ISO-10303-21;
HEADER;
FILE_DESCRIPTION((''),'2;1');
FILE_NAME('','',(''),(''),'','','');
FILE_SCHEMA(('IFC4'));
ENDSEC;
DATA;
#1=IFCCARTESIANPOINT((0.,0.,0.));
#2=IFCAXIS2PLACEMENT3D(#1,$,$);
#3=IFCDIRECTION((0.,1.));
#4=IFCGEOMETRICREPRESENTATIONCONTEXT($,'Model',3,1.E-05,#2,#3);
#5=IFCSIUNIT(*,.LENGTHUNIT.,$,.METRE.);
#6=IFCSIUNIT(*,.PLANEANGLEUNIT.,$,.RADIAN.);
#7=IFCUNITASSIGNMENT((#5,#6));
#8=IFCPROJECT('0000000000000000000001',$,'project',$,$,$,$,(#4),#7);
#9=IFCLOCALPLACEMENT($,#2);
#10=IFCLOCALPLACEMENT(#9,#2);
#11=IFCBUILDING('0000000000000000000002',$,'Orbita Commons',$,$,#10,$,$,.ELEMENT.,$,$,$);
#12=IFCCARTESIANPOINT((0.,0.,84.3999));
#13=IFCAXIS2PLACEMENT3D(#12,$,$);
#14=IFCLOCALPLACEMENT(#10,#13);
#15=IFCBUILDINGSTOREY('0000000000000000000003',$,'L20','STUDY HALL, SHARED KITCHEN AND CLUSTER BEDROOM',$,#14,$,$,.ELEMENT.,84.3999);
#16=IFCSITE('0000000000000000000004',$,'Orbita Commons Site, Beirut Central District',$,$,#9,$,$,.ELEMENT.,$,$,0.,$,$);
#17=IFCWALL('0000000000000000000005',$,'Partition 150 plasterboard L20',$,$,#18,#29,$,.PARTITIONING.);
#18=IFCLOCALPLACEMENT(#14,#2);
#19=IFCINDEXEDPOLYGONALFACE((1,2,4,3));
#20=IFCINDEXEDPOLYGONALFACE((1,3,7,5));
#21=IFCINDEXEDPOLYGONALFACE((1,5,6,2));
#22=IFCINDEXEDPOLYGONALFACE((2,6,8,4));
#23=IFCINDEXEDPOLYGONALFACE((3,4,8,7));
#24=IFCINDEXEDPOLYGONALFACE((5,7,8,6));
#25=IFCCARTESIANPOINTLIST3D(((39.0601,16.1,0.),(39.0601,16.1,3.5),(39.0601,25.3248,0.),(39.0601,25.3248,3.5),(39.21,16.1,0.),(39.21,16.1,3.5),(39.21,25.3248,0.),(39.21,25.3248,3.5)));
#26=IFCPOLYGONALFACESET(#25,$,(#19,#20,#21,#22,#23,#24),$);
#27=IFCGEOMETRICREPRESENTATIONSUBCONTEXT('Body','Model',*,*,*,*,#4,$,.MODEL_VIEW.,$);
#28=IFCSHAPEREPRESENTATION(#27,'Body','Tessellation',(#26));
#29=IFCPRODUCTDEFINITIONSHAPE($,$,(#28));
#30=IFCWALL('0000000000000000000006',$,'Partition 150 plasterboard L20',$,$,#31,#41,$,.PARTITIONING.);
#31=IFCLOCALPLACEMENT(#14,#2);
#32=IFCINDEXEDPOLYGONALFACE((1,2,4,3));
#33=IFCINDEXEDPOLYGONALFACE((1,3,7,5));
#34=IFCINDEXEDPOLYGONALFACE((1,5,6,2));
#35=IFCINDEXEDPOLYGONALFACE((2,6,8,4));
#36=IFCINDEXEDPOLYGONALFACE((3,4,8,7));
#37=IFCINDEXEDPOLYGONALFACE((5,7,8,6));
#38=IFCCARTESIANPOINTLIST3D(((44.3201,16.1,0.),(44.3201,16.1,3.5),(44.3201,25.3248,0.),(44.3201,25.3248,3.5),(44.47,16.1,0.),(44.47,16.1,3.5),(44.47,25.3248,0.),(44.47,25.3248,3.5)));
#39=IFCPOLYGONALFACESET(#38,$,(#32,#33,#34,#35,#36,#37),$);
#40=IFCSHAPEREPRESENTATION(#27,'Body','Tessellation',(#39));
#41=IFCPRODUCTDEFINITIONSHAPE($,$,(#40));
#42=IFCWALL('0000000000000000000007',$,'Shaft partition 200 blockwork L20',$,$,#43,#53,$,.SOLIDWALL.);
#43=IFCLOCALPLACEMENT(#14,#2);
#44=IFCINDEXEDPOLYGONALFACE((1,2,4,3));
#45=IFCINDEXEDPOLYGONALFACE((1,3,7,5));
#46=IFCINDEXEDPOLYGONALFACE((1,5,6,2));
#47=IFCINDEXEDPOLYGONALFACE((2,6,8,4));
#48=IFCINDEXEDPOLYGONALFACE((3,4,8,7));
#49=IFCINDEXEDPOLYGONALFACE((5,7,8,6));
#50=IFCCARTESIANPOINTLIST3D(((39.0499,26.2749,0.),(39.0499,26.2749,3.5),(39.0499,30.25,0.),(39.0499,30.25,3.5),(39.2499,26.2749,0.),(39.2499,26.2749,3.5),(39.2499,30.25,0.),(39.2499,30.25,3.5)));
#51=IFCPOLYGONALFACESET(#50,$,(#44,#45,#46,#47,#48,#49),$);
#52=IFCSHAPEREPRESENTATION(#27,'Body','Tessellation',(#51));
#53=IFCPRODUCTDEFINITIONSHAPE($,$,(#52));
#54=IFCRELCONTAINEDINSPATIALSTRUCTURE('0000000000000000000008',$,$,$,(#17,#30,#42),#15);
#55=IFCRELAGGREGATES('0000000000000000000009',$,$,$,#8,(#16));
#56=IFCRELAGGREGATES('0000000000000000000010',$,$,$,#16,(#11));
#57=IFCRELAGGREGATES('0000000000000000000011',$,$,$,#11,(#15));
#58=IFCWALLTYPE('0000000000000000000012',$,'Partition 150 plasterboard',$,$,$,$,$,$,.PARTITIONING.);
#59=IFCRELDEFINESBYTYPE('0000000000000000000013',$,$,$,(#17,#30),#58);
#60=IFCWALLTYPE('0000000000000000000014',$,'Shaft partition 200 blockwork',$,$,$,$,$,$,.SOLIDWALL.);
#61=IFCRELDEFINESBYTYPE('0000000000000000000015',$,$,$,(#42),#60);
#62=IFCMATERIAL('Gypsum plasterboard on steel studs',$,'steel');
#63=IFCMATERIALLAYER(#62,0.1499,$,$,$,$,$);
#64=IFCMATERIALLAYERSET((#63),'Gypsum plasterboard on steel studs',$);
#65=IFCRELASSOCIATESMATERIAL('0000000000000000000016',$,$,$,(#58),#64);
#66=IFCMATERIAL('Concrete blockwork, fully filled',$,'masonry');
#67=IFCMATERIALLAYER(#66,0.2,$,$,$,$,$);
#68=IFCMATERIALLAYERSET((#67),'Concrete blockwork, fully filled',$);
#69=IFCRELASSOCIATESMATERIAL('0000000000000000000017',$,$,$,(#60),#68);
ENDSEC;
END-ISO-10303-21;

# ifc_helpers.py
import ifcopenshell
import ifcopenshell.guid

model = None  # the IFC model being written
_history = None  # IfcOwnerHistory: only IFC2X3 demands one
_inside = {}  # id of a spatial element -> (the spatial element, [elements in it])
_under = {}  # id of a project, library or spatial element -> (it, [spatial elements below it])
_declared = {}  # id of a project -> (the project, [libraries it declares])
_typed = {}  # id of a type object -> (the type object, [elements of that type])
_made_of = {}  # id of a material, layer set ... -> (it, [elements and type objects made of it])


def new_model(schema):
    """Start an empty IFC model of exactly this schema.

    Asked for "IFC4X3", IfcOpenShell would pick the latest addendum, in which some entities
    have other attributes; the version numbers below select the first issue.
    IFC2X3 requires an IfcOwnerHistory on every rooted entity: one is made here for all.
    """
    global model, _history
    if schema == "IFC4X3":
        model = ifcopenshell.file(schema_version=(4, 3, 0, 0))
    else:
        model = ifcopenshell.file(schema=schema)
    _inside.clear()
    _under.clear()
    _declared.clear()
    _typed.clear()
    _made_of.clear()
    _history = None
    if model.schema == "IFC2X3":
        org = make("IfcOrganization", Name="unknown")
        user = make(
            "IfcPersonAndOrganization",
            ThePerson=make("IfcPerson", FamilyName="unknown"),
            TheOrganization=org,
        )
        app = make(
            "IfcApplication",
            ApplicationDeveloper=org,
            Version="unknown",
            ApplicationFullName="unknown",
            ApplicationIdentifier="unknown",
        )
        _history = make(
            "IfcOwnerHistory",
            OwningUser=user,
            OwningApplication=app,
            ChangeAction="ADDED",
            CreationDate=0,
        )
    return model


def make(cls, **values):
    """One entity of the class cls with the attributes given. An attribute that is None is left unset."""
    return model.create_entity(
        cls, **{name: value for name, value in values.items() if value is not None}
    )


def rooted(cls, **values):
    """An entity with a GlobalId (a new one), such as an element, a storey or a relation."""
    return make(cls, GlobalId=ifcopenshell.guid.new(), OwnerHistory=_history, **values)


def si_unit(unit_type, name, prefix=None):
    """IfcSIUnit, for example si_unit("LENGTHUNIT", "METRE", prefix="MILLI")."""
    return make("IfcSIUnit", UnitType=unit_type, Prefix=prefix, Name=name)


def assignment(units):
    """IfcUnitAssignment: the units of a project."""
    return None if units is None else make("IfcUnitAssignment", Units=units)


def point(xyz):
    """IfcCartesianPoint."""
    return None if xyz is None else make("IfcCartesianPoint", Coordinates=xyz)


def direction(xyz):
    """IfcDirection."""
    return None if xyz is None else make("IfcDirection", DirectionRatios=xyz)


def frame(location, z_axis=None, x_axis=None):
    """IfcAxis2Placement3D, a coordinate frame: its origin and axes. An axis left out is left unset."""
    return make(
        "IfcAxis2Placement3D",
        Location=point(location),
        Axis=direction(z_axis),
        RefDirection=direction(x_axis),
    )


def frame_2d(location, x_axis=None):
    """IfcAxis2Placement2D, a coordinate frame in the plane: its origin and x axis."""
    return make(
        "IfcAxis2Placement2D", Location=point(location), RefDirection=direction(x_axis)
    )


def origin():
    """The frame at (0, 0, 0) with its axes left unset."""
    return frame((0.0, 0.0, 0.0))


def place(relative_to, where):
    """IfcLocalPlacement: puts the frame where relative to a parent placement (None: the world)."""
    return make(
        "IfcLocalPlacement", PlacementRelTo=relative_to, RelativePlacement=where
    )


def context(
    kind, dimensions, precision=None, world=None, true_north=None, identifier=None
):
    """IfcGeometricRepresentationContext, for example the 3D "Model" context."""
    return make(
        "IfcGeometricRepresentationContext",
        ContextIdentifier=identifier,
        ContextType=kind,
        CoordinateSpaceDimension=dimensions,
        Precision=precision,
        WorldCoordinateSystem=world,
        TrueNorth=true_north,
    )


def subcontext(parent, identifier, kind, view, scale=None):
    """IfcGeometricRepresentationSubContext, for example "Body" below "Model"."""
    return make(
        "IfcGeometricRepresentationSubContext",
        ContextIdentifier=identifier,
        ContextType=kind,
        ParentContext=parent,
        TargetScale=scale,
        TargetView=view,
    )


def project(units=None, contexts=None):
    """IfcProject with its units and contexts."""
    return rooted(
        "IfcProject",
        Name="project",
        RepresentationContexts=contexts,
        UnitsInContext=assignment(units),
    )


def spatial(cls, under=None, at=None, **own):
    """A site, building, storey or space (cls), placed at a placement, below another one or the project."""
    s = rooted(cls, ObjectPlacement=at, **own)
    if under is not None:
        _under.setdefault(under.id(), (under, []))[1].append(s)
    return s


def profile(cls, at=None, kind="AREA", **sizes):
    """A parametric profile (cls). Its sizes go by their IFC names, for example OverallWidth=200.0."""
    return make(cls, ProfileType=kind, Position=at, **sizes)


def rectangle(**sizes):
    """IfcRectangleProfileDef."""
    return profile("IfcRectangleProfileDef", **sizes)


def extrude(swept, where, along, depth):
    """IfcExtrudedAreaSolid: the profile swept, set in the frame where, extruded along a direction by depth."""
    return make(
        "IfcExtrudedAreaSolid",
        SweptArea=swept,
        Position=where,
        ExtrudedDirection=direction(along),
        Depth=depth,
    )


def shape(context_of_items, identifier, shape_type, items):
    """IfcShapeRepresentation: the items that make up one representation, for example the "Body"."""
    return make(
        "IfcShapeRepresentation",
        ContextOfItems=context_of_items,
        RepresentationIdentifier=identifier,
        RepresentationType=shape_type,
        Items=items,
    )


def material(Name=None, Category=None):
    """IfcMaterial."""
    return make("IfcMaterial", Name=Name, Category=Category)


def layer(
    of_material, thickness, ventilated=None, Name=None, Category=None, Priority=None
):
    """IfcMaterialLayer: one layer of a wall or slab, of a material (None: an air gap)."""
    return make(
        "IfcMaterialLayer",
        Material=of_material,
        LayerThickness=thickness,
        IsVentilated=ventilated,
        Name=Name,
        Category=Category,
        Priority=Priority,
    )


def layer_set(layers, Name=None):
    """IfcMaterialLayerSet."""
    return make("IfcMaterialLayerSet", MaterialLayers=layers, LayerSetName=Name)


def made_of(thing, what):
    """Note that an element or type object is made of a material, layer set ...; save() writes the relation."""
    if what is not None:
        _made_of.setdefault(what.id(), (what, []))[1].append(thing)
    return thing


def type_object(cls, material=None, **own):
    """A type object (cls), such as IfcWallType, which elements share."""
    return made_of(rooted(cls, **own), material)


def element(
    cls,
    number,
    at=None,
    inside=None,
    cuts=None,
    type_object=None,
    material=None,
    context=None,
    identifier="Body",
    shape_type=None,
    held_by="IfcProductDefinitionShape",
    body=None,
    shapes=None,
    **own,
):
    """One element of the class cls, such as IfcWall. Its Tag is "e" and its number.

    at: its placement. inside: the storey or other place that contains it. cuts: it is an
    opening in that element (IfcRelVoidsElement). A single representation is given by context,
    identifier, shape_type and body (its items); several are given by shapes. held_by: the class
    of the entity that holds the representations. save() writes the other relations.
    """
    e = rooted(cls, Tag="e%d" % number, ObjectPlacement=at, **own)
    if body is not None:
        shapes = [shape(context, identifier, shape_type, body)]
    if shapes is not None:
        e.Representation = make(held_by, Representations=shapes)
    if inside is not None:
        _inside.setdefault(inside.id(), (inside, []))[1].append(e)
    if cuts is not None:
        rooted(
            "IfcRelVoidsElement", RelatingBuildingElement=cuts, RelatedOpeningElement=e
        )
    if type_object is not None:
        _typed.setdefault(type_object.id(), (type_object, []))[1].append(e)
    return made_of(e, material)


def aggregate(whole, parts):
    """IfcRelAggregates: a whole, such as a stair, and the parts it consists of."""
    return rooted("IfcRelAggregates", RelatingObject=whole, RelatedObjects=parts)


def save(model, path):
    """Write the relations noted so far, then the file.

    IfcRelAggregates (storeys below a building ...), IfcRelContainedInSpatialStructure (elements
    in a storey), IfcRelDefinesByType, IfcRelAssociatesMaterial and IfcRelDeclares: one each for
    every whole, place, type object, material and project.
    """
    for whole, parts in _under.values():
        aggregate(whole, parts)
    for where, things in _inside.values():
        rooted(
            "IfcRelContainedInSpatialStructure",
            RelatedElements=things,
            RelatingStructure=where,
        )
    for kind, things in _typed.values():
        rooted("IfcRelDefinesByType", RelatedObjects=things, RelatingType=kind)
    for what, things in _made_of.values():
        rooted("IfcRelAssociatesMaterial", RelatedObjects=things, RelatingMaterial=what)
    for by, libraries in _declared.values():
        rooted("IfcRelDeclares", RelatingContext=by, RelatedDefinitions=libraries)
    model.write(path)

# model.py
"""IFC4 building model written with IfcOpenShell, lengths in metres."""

from ifc_helpers import new_model, si_unit, direction, frame, frame_2d, origin, place, context, subcontext, project, spatial, rectangle, extrude, material, layer, layer_set, type_object, element, save


model = new_model("IFC4")

# Units and contexts
model_context = context("Model", 3, precision=1e-05, world=origin(), true_north=direction((0.0, 1.0)))
body_context = subcontext(model_context, "Body", "Model", "MODEL_VIEW")
ifc_project = project(units=[si_unit("LENGTHUNIT", "METRE"), si_unit("PLANEANGLEUNIT", "RADIAN")], contexts=[model_context])

# Site, building, storey
site_placement = place(None, origin())
site = spatial("IfcSite", under=ifc_project, at=site_placement, Name="Orbita Commons Site, Beirut Central District", CompositionType="ELEMENT", RefElevation=0.0)
building_placement = place(site_placement, origin())
building = spatial("IfcBuilding", under=site, at=building_placement, Name="Orbita Commons", CompositionType="ELEMENT")
storey_placement = place(building_placement, frame((0.0, 0.0, 84.3999)))
storey = spatial("IfcBuildingStorey", under=building, at=storey_placement, Name="L20", Description="STUDY HALL, SHARED KITCHEN AND CLUSTER BEDROOM", CompositionType="ELEMENT", Elevation=84.3999)

# Walls
ifc_material_1 = material(Name="Gypsum plasterboard on steel studs", Category="steel")
ifc_layer_1 = layer(ifc_material_1, 0.1499)
ifc_layer_set_1 = layer_set([ifc_layer_1], Name="Gypsum plasterboard on steel studs")
wall_type_1 = type_object("IfcWallType", Name="Partition 150 plasterboard", PredefinedType="PARTITIONING", material=ifc_layer_set_1)
for number, where, z_axis, x_axis, name in (
    (1, (39.135, 16.1001, 0.0), (0.0, 0.0, 1.0), (0.0, 1.0, 0.0), "Partition 150 plasterboard L20"),
    (2, (44.395, 16.1001, 0.0), (0.0, 0.0, 1.0), (0.0, 1.0, 0.0), "Partition 150 plasterboard L20"),
):
    element("IfcWall", number, at=place(storey_placement, frame(where, z_axis=z_axis, x_axis=x_axis)), inside=storey, type_object=wall_type_1, Name=name, PredefinedType="PARTITIONING", context=body_context, shape_type="SweptSolid", body=[
        extrude(rectangle(XDim=9.2249, YDim=0.1499, at=frame_2d((4.6123, 0.0))), origin(), (0.0, 0.0, 1.0), 3.5),
    ])
ifc_material_2 = material(Name="Concrete blockwork, fully filled", Category="masonry")
ifc_layer_2 = layer(ifc_material_2, 0.2)
ifc_layer_set_2 = layer_set([ifc_layer_2], Name="Concrete blockwork, fully filled")
wall_type_2 = type_object("IfcWallType", Name="Shaft partition 200 blockwork", PredefinedType="SOLIDWALL", material=ifc_layer_set_2)
wall_1_placement = place(storey_placement, frame((39.1499, 26.2749, 0.0), z_axis=(0.0, 0.0, 1.0), x_axis=(0.0, 1.0, 0.0)))
element("IfcWall", 3, at=wall_1_placement, inside=storey, type_object=wall_type_2, Name="Shaft partition 200 blockwork L20", PredefinedType="SOLIDWALL", context=body_context, shape_type="SweptSolid", body=[
    extrude(rectangle(XDim=3.9751, YDim=0.2, at=frame_2d((1.9875, 0.0))), origin(), (0.0, 0.0, 1.0), 3.5),
])

save(model, "model.ifc")
